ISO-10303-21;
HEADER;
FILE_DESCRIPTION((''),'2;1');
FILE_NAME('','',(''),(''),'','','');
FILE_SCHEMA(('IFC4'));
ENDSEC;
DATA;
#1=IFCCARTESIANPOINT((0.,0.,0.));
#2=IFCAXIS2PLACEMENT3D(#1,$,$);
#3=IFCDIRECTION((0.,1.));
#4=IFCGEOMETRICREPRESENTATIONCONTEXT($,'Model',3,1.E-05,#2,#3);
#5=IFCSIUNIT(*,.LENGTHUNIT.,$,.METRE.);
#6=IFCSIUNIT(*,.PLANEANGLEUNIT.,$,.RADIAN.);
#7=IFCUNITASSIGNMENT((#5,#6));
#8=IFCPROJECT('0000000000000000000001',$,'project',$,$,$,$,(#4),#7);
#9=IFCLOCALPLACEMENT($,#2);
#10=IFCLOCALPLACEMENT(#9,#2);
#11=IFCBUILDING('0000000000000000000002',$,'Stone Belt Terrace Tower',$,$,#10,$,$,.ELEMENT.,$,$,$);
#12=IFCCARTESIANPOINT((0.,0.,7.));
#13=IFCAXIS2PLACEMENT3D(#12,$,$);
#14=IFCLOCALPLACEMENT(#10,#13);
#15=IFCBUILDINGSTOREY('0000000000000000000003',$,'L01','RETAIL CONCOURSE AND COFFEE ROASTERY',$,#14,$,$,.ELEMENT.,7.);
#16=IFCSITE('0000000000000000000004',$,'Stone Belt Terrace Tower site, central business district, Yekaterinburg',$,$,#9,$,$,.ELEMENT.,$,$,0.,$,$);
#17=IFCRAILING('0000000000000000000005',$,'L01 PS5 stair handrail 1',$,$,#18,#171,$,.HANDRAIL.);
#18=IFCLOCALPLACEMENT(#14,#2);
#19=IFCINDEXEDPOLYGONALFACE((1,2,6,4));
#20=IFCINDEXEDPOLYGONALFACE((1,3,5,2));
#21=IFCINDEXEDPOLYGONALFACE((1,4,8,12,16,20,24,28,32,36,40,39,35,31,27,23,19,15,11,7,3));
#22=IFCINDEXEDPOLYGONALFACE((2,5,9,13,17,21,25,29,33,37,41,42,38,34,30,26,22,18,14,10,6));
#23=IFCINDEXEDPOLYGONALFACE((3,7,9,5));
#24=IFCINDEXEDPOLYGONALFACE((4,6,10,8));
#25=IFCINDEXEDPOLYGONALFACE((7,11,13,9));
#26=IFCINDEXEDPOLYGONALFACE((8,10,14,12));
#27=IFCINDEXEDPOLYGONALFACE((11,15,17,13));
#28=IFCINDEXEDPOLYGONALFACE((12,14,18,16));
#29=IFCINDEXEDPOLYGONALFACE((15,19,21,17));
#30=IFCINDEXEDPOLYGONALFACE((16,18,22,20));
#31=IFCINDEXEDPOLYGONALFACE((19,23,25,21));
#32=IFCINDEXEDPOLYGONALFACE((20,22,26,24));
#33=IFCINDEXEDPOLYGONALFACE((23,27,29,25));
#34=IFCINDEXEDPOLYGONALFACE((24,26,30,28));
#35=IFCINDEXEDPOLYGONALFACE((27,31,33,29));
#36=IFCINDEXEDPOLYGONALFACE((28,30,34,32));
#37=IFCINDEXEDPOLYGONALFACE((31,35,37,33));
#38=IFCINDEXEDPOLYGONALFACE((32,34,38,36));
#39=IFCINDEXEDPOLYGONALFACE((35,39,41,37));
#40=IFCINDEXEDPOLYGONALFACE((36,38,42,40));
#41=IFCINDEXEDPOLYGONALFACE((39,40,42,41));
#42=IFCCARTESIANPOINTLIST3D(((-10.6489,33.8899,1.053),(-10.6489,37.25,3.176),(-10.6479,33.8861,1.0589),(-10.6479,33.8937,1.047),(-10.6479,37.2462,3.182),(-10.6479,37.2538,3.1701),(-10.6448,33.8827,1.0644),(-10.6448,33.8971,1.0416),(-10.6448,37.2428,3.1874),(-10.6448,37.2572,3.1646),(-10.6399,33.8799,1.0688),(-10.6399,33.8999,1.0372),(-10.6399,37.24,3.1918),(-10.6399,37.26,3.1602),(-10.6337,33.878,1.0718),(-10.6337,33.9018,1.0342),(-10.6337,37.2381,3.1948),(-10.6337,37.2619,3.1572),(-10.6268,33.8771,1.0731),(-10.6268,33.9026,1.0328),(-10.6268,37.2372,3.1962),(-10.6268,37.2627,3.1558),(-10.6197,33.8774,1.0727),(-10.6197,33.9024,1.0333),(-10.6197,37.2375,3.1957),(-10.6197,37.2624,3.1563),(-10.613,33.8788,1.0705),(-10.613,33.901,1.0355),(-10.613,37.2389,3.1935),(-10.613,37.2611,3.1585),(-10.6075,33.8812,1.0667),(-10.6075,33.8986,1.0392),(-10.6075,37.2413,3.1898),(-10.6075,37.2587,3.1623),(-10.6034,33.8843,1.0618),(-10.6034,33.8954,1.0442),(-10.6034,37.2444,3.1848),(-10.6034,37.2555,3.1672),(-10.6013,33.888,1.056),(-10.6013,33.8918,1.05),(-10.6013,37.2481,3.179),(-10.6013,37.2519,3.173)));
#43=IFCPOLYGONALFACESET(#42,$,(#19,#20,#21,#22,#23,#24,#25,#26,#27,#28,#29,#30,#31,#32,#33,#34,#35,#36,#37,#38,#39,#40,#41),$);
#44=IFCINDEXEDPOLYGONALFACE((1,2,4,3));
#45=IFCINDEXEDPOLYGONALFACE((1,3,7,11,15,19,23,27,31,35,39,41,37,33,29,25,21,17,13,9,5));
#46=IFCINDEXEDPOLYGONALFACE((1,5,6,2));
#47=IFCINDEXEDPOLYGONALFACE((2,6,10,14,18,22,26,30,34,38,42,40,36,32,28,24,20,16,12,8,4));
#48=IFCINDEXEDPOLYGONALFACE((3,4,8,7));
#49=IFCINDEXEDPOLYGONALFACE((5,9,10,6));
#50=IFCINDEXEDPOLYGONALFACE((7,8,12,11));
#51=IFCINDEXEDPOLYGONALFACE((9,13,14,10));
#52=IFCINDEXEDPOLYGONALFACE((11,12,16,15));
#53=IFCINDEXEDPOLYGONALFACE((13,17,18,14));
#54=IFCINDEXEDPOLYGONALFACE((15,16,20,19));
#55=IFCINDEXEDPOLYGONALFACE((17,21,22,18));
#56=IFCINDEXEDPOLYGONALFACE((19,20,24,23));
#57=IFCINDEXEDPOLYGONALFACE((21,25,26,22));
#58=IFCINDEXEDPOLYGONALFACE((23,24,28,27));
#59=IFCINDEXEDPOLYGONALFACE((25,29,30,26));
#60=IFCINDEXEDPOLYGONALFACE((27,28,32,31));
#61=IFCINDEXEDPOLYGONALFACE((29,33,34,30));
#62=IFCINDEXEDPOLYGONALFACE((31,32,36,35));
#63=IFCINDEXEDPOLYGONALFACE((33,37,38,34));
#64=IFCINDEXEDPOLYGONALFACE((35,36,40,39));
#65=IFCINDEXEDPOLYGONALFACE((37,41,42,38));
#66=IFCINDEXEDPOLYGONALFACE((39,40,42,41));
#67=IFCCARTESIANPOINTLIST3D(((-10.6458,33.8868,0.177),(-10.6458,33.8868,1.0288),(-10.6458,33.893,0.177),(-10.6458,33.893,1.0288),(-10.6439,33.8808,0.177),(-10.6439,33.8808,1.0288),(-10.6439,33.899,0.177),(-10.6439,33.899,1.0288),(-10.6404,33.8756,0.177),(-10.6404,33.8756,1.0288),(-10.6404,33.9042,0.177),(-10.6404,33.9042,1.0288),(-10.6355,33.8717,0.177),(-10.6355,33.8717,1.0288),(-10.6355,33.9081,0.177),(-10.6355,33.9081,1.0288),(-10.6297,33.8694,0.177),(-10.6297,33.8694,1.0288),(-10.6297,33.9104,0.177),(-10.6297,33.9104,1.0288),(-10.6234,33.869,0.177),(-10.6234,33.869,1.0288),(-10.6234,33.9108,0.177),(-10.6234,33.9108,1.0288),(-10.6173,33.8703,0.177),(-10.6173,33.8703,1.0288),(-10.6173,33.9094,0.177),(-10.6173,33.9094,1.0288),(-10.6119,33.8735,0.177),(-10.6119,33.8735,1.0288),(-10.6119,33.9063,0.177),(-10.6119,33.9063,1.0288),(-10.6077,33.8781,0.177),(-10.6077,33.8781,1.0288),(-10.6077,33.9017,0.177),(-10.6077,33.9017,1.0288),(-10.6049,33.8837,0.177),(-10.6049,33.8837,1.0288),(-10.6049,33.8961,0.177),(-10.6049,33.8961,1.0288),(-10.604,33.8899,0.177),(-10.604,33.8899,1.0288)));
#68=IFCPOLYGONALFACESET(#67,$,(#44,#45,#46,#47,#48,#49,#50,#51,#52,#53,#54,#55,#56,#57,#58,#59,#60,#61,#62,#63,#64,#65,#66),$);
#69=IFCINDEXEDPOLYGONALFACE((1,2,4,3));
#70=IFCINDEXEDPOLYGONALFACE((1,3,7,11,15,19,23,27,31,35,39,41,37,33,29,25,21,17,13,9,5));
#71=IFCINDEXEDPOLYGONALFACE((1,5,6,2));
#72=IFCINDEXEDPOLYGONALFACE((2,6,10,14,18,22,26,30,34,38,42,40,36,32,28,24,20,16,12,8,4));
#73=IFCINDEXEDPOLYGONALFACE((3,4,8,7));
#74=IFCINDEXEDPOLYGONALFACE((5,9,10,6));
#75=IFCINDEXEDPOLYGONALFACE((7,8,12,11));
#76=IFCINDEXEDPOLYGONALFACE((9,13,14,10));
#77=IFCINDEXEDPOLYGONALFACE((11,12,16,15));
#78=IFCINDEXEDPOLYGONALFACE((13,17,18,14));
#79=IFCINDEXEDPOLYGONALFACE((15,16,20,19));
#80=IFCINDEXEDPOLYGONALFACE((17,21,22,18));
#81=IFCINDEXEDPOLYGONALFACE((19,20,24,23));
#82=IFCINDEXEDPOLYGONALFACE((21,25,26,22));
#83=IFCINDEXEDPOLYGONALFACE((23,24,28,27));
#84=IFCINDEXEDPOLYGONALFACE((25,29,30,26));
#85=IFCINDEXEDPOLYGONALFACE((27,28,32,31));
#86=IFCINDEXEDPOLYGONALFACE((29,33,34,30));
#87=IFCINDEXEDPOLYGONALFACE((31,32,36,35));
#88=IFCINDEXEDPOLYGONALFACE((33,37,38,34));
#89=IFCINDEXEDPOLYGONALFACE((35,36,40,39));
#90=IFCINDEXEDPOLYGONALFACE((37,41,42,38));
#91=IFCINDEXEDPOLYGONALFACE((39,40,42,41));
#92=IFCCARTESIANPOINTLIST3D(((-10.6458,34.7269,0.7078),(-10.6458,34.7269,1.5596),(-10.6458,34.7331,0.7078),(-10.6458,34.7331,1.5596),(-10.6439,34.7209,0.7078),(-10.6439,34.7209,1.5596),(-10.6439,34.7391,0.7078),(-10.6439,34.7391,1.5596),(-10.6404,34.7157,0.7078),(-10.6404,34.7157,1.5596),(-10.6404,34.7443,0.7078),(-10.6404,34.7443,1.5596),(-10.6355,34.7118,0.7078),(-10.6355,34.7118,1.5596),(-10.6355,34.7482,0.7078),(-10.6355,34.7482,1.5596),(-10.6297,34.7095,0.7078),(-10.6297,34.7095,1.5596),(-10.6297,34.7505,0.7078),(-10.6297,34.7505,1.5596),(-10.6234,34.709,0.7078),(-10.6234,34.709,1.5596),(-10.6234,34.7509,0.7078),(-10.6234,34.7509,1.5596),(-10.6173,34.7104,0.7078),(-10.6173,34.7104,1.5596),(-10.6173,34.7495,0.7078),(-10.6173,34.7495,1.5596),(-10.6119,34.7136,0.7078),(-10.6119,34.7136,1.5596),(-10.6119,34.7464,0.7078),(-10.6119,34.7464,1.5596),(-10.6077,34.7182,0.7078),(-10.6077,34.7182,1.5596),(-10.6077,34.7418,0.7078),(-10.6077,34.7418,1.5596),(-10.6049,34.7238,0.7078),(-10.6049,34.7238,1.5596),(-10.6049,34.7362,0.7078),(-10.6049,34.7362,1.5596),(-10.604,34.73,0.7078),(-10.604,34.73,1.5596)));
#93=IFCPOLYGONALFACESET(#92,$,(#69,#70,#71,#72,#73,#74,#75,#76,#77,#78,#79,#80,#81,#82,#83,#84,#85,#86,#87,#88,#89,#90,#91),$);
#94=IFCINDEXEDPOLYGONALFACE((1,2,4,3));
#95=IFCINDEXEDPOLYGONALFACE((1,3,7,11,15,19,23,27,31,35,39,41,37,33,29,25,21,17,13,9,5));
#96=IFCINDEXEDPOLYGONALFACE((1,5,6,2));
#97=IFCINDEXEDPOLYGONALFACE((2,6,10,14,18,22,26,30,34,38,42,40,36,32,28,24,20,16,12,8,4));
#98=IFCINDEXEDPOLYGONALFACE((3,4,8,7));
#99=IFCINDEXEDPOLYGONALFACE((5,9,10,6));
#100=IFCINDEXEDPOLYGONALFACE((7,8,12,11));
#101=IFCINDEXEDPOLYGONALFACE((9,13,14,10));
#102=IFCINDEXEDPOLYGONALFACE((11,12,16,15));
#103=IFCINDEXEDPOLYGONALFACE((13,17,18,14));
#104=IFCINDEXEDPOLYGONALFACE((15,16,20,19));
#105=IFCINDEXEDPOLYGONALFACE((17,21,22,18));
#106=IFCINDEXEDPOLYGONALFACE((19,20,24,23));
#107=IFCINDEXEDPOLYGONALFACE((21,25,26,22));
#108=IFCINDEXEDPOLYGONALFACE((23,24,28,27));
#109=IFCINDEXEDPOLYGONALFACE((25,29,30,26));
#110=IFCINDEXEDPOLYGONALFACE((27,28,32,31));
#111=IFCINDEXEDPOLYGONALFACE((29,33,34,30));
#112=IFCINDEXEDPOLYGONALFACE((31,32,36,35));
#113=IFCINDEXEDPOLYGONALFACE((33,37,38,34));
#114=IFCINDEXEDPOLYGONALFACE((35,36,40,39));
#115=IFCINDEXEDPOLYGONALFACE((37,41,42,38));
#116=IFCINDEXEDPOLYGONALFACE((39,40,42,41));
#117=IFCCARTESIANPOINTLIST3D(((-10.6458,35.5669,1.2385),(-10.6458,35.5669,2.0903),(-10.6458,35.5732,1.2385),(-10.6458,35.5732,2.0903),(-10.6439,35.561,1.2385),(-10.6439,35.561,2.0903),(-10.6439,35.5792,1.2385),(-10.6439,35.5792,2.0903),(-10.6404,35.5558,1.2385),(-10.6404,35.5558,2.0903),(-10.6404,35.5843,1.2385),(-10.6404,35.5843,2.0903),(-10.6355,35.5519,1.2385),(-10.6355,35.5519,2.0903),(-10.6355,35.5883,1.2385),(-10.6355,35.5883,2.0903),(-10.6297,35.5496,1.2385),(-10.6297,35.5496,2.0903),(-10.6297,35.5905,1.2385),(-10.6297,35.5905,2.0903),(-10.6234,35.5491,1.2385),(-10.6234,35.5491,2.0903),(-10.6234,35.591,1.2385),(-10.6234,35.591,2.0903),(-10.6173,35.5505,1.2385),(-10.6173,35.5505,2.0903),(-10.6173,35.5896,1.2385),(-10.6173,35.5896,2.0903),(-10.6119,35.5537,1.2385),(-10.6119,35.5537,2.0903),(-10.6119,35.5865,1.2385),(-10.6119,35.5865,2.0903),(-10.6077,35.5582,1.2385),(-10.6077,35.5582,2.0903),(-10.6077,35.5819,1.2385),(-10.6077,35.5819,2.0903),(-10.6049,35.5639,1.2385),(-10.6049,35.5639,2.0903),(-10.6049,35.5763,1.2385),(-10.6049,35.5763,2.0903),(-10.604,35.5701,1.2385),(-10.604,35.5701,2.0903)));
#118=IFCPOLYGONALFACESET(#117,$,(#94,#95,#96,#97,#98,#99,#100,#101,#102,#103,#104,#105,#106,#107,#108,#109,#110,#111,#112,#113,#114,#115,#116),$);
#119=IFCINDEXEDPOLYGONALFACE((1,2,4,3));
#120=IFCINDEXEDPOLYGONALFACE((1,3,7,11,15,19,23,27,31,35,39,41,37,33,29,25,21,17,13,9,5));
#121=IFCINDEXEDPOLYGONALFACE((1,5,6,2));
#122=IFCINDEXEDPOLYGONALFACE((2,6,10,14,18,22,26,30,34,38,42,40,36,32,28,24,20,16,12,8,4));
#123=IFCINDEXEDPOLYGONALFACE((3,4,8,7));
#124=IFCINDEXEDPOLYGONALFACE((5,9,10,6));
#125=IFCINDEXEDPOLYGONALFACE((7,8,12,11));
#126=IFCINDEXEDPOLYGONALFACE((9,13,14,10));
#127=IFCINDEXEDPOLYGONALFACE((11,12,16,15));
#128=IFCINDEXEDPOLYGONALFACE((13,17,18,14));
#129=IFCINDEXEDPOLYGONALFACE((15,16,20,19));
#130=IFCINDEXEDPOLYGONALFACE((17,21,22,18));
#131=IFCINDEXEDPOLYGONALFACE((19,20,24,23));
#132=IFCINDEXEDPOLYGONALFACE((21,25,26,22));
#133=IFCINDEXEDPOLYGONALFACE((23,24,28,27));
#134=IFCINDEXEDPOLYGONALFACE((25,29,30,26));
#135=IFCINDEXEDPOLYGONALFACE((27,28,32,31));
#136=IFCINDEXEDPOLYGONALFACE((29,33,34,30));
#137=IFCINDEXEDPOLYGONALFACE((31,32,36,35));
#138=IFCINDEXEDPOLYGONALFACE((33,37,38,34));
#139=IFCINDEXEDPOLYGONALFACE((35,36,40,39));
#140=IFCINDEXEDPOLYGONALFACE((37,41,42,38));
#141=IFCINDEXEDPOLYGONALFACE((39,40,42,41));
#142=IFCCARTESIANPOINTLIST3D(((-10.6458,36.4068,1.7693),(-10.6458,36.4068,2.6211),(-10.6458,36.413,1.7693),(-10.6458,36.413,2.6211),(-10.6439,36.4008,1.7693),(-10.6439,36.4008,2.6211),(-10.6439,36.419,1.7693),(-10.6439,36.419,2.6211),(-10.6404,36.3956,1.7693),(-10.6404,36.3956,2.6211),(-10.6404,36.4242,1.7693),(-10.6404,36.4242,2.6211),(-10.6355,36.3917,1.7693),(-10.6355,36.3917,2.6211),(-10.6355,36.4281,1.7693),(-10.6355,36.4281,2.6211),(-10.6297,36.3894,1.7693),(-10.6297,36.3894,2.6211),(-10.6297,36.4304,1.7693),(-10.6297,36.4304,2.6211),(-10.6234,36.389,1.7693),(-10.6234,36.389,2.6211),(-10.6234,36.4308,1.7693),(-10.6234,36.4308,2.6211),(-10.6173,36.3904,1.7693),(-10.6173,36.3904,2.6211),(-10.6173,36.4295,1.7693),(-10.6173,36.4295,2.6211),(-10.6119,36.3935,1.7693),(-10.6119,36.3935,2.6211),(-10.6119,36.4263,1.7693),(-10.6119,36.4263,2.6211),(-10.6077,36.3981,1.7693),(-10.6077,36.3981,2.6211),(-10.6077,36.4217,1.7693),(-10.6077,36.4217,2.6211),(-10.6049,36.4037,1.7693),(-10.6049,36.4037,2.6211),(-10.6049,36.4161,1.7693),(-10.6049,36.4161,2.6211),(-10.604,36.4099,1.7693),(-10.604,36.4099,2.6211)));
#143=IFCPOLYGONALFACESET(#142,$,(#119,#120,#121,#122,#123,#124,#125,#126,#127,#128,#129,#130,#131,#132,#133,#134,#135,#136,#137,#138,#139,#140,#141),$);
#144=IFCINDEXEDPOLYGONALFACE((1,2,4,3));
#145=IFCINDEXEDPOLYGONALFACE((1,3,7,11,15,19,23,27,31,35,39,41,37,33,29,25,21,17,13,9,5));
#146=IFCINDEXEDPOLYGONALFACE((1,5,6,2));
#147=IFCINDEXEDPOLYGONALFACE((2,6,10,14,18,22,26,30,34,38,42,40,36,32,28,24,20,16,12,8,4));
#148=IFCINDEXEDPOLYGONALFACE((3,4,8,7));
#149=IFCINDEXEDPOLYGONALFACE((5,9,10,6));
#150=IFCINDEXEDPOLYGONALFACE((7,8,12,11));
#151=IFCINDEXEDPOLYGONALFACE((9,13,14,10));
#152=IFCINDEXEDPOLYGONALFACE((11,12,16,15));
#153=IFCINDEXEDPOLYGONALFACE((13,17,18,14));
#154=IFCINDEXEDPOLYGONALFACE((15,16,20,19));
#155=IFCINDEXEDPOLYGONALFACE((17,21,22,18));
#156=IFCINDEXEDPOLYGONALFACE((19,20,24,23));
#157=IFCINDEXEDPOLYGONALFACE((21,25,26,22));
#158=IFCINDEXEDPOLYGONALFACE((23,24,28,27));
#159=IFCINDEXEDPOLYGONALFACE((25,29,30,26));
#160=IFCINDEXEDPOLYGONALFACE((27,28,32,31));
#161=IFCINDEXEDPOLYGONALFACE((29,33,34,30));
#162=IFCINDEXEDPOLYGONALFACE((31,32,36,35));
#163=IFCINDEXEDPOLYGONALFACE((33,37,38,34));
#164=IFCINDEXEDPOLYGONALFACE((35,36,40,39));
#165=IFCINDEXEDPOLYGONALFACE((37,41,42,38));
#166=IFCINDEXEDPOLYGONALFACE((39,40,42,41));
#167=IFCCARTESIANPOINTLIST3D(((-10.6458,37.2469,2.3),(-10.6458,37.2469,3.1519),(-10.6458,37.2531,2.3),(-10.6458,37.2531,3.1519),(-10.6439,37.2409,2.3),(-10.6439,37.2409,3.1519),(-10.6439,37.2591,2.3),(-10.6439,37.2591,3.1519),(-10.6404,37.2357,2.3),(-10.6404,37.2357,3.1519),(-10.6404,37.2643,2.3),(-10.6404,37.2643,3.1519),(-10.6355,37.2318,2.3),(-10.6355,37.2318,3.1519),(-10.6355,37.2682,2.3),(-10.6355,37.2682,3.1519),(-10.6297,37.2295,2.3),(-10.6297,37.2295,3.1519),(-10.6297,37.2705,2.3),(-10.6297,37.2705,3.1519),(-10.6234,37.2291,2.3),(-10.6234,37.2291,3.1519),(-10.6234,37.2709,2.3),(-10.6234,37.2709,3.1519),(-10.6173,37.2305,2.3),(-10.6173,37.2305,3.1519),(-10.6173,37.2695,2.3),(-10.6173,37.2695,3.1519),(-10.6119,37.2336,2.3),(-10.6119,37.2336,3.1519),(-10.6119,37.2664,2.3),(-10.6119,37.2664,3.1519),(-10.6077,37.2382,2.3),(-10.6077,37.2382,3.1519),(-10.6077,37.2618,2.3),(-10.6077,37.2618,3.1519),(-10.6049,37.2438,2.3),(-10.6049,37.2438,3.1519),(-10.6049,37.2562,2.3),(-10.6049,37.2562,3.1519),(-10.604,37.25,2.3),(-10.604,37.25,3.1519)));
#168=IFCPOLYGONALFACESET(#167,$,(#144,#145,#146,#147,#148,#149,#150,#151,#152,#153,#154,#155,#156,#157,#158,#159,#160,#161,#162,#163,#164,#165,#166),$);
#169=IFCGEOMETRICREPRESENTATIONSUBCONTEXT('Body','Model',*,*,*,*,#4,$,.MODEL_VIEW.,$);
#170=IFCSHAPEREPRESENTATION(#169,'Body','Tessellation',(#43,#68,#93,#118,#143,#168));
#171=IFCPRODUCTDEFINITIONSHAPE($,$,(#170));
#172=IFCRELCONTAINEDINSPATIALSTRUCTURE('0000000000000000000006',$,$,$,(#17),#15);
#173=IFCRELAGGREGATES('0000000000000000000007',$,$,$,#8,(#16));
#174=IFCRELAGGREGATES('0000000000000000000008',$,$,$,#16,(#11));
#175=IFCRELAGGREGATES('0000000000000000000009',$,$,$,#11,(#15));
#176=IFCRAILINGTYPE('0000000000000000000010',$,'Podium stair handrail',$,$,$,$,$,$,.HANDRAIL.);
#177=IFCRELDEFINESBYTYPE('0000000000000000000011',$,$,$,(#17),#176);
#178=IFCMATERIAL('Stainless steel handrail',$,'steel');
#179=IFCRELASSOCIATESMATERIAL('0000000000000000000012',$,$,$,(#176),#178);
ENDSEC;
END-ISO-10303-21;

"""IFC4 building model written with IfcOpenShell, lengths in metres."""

from ifc_helpers import new_model, si_unit, direction, frame, origin, origin_2d, place, context, subcontext, project, spatial, circle, extrude, material, type_object, element, save


model = new_model("IFC4")

# Units and contexts
model_context = context("Model", 3, precision=1e-05, world=origin(), true_north=direction((0.0, 1.0)))
body_context = subcontext(model_context, "Body", "Model", "MODEL_VIEW")
ifc_project = project(units=[si_unit("LENGTHUNIT", "METRE"), si_unit("PLANEANGLEUNIT", "RADIAN")], contexts=[model_context])

# Site, building, storey
site_placement = place(None, origin())
site = spatial("IfcSite", under=ifc_project, at=site_placement, Name="Stone Belt Terrace Tower site, central business district, Yekaterinburg", CompositionType="ELEMENT", RefElevation=0.0)
building_placement = place(site_placement, origin())
building = spatial("IfcBuilding", under=site, at=building_placement, Name="Stone Belt Terrace Tower", CompositionType="ELEMENT")
storey_placement = place(building_placement, frame((0.0, 0.0, 7.0)))
storey = spatial("IfcBuildingStorey", under=building, at=storey_placement, Name="L01", Description="RETAIL CONCOURSE AND COFFEE ROASTERY", CompositionType="ELEMENT", Elevation=7.0)

# Railing
ifc_material_1 = material(Name="Stainless steel handrail", Category="steel")
railing_type_1 = type_object("IfcRailingType", Name="Podium stair handrail", PredefinedType="HANDRAIL", material=ifc_material_1)
railing_1_placement = place(storey_placement, frame((-10.625, 33.8899, 0.177)))
element("IfcRailing", 1, at=railing_1_placement, inside=storey, type_object=railing_type_1, Name="L01 PS5 stair handrail 1", PredefinedType="HANDRAIL", context=body_context, shape_type="SweptSolid", body=[
    extrude(circle(Radius=0.0239, at=origin_2d()), frame((0.0, 0.0, 0.876), z_axis=(0.0, 0.84539, 0.53415), x_axis=(-1.0, 0.0, 0.0)), (0.0, 0.0, 1.0), 3.9746),
    extrude(circle(Radius=0.021, at=origin_2d()), origin(), (0.0, 0.0, 1.0), 0.8518),
    extrude(circle(Radius=0.021, at=origin_2d()), frame((0.0, 0.8401, 0.5308)), (0.0, 0.0, 1.0), 0.8518),
    extrude(circle(Radius=0.021, at=origin_2d()), frame((0.0, 1.6802, 1.0615)), (0.0, 0.0, 1.0), 0.8518),
    extrude(circle(Radius=0.021, at=origin_2d()), frame((0.0, 2.52, 1.5923)), (0.0, 0.0, 1.0), 0.8518),
    extrude(circle(Radius=0.021, at=origin_2d()), frame((0.0, 3.3601, 2.123)), (0.0, 0.0, 1.0), 0.8518),
])

save(model, "model.ifc")
